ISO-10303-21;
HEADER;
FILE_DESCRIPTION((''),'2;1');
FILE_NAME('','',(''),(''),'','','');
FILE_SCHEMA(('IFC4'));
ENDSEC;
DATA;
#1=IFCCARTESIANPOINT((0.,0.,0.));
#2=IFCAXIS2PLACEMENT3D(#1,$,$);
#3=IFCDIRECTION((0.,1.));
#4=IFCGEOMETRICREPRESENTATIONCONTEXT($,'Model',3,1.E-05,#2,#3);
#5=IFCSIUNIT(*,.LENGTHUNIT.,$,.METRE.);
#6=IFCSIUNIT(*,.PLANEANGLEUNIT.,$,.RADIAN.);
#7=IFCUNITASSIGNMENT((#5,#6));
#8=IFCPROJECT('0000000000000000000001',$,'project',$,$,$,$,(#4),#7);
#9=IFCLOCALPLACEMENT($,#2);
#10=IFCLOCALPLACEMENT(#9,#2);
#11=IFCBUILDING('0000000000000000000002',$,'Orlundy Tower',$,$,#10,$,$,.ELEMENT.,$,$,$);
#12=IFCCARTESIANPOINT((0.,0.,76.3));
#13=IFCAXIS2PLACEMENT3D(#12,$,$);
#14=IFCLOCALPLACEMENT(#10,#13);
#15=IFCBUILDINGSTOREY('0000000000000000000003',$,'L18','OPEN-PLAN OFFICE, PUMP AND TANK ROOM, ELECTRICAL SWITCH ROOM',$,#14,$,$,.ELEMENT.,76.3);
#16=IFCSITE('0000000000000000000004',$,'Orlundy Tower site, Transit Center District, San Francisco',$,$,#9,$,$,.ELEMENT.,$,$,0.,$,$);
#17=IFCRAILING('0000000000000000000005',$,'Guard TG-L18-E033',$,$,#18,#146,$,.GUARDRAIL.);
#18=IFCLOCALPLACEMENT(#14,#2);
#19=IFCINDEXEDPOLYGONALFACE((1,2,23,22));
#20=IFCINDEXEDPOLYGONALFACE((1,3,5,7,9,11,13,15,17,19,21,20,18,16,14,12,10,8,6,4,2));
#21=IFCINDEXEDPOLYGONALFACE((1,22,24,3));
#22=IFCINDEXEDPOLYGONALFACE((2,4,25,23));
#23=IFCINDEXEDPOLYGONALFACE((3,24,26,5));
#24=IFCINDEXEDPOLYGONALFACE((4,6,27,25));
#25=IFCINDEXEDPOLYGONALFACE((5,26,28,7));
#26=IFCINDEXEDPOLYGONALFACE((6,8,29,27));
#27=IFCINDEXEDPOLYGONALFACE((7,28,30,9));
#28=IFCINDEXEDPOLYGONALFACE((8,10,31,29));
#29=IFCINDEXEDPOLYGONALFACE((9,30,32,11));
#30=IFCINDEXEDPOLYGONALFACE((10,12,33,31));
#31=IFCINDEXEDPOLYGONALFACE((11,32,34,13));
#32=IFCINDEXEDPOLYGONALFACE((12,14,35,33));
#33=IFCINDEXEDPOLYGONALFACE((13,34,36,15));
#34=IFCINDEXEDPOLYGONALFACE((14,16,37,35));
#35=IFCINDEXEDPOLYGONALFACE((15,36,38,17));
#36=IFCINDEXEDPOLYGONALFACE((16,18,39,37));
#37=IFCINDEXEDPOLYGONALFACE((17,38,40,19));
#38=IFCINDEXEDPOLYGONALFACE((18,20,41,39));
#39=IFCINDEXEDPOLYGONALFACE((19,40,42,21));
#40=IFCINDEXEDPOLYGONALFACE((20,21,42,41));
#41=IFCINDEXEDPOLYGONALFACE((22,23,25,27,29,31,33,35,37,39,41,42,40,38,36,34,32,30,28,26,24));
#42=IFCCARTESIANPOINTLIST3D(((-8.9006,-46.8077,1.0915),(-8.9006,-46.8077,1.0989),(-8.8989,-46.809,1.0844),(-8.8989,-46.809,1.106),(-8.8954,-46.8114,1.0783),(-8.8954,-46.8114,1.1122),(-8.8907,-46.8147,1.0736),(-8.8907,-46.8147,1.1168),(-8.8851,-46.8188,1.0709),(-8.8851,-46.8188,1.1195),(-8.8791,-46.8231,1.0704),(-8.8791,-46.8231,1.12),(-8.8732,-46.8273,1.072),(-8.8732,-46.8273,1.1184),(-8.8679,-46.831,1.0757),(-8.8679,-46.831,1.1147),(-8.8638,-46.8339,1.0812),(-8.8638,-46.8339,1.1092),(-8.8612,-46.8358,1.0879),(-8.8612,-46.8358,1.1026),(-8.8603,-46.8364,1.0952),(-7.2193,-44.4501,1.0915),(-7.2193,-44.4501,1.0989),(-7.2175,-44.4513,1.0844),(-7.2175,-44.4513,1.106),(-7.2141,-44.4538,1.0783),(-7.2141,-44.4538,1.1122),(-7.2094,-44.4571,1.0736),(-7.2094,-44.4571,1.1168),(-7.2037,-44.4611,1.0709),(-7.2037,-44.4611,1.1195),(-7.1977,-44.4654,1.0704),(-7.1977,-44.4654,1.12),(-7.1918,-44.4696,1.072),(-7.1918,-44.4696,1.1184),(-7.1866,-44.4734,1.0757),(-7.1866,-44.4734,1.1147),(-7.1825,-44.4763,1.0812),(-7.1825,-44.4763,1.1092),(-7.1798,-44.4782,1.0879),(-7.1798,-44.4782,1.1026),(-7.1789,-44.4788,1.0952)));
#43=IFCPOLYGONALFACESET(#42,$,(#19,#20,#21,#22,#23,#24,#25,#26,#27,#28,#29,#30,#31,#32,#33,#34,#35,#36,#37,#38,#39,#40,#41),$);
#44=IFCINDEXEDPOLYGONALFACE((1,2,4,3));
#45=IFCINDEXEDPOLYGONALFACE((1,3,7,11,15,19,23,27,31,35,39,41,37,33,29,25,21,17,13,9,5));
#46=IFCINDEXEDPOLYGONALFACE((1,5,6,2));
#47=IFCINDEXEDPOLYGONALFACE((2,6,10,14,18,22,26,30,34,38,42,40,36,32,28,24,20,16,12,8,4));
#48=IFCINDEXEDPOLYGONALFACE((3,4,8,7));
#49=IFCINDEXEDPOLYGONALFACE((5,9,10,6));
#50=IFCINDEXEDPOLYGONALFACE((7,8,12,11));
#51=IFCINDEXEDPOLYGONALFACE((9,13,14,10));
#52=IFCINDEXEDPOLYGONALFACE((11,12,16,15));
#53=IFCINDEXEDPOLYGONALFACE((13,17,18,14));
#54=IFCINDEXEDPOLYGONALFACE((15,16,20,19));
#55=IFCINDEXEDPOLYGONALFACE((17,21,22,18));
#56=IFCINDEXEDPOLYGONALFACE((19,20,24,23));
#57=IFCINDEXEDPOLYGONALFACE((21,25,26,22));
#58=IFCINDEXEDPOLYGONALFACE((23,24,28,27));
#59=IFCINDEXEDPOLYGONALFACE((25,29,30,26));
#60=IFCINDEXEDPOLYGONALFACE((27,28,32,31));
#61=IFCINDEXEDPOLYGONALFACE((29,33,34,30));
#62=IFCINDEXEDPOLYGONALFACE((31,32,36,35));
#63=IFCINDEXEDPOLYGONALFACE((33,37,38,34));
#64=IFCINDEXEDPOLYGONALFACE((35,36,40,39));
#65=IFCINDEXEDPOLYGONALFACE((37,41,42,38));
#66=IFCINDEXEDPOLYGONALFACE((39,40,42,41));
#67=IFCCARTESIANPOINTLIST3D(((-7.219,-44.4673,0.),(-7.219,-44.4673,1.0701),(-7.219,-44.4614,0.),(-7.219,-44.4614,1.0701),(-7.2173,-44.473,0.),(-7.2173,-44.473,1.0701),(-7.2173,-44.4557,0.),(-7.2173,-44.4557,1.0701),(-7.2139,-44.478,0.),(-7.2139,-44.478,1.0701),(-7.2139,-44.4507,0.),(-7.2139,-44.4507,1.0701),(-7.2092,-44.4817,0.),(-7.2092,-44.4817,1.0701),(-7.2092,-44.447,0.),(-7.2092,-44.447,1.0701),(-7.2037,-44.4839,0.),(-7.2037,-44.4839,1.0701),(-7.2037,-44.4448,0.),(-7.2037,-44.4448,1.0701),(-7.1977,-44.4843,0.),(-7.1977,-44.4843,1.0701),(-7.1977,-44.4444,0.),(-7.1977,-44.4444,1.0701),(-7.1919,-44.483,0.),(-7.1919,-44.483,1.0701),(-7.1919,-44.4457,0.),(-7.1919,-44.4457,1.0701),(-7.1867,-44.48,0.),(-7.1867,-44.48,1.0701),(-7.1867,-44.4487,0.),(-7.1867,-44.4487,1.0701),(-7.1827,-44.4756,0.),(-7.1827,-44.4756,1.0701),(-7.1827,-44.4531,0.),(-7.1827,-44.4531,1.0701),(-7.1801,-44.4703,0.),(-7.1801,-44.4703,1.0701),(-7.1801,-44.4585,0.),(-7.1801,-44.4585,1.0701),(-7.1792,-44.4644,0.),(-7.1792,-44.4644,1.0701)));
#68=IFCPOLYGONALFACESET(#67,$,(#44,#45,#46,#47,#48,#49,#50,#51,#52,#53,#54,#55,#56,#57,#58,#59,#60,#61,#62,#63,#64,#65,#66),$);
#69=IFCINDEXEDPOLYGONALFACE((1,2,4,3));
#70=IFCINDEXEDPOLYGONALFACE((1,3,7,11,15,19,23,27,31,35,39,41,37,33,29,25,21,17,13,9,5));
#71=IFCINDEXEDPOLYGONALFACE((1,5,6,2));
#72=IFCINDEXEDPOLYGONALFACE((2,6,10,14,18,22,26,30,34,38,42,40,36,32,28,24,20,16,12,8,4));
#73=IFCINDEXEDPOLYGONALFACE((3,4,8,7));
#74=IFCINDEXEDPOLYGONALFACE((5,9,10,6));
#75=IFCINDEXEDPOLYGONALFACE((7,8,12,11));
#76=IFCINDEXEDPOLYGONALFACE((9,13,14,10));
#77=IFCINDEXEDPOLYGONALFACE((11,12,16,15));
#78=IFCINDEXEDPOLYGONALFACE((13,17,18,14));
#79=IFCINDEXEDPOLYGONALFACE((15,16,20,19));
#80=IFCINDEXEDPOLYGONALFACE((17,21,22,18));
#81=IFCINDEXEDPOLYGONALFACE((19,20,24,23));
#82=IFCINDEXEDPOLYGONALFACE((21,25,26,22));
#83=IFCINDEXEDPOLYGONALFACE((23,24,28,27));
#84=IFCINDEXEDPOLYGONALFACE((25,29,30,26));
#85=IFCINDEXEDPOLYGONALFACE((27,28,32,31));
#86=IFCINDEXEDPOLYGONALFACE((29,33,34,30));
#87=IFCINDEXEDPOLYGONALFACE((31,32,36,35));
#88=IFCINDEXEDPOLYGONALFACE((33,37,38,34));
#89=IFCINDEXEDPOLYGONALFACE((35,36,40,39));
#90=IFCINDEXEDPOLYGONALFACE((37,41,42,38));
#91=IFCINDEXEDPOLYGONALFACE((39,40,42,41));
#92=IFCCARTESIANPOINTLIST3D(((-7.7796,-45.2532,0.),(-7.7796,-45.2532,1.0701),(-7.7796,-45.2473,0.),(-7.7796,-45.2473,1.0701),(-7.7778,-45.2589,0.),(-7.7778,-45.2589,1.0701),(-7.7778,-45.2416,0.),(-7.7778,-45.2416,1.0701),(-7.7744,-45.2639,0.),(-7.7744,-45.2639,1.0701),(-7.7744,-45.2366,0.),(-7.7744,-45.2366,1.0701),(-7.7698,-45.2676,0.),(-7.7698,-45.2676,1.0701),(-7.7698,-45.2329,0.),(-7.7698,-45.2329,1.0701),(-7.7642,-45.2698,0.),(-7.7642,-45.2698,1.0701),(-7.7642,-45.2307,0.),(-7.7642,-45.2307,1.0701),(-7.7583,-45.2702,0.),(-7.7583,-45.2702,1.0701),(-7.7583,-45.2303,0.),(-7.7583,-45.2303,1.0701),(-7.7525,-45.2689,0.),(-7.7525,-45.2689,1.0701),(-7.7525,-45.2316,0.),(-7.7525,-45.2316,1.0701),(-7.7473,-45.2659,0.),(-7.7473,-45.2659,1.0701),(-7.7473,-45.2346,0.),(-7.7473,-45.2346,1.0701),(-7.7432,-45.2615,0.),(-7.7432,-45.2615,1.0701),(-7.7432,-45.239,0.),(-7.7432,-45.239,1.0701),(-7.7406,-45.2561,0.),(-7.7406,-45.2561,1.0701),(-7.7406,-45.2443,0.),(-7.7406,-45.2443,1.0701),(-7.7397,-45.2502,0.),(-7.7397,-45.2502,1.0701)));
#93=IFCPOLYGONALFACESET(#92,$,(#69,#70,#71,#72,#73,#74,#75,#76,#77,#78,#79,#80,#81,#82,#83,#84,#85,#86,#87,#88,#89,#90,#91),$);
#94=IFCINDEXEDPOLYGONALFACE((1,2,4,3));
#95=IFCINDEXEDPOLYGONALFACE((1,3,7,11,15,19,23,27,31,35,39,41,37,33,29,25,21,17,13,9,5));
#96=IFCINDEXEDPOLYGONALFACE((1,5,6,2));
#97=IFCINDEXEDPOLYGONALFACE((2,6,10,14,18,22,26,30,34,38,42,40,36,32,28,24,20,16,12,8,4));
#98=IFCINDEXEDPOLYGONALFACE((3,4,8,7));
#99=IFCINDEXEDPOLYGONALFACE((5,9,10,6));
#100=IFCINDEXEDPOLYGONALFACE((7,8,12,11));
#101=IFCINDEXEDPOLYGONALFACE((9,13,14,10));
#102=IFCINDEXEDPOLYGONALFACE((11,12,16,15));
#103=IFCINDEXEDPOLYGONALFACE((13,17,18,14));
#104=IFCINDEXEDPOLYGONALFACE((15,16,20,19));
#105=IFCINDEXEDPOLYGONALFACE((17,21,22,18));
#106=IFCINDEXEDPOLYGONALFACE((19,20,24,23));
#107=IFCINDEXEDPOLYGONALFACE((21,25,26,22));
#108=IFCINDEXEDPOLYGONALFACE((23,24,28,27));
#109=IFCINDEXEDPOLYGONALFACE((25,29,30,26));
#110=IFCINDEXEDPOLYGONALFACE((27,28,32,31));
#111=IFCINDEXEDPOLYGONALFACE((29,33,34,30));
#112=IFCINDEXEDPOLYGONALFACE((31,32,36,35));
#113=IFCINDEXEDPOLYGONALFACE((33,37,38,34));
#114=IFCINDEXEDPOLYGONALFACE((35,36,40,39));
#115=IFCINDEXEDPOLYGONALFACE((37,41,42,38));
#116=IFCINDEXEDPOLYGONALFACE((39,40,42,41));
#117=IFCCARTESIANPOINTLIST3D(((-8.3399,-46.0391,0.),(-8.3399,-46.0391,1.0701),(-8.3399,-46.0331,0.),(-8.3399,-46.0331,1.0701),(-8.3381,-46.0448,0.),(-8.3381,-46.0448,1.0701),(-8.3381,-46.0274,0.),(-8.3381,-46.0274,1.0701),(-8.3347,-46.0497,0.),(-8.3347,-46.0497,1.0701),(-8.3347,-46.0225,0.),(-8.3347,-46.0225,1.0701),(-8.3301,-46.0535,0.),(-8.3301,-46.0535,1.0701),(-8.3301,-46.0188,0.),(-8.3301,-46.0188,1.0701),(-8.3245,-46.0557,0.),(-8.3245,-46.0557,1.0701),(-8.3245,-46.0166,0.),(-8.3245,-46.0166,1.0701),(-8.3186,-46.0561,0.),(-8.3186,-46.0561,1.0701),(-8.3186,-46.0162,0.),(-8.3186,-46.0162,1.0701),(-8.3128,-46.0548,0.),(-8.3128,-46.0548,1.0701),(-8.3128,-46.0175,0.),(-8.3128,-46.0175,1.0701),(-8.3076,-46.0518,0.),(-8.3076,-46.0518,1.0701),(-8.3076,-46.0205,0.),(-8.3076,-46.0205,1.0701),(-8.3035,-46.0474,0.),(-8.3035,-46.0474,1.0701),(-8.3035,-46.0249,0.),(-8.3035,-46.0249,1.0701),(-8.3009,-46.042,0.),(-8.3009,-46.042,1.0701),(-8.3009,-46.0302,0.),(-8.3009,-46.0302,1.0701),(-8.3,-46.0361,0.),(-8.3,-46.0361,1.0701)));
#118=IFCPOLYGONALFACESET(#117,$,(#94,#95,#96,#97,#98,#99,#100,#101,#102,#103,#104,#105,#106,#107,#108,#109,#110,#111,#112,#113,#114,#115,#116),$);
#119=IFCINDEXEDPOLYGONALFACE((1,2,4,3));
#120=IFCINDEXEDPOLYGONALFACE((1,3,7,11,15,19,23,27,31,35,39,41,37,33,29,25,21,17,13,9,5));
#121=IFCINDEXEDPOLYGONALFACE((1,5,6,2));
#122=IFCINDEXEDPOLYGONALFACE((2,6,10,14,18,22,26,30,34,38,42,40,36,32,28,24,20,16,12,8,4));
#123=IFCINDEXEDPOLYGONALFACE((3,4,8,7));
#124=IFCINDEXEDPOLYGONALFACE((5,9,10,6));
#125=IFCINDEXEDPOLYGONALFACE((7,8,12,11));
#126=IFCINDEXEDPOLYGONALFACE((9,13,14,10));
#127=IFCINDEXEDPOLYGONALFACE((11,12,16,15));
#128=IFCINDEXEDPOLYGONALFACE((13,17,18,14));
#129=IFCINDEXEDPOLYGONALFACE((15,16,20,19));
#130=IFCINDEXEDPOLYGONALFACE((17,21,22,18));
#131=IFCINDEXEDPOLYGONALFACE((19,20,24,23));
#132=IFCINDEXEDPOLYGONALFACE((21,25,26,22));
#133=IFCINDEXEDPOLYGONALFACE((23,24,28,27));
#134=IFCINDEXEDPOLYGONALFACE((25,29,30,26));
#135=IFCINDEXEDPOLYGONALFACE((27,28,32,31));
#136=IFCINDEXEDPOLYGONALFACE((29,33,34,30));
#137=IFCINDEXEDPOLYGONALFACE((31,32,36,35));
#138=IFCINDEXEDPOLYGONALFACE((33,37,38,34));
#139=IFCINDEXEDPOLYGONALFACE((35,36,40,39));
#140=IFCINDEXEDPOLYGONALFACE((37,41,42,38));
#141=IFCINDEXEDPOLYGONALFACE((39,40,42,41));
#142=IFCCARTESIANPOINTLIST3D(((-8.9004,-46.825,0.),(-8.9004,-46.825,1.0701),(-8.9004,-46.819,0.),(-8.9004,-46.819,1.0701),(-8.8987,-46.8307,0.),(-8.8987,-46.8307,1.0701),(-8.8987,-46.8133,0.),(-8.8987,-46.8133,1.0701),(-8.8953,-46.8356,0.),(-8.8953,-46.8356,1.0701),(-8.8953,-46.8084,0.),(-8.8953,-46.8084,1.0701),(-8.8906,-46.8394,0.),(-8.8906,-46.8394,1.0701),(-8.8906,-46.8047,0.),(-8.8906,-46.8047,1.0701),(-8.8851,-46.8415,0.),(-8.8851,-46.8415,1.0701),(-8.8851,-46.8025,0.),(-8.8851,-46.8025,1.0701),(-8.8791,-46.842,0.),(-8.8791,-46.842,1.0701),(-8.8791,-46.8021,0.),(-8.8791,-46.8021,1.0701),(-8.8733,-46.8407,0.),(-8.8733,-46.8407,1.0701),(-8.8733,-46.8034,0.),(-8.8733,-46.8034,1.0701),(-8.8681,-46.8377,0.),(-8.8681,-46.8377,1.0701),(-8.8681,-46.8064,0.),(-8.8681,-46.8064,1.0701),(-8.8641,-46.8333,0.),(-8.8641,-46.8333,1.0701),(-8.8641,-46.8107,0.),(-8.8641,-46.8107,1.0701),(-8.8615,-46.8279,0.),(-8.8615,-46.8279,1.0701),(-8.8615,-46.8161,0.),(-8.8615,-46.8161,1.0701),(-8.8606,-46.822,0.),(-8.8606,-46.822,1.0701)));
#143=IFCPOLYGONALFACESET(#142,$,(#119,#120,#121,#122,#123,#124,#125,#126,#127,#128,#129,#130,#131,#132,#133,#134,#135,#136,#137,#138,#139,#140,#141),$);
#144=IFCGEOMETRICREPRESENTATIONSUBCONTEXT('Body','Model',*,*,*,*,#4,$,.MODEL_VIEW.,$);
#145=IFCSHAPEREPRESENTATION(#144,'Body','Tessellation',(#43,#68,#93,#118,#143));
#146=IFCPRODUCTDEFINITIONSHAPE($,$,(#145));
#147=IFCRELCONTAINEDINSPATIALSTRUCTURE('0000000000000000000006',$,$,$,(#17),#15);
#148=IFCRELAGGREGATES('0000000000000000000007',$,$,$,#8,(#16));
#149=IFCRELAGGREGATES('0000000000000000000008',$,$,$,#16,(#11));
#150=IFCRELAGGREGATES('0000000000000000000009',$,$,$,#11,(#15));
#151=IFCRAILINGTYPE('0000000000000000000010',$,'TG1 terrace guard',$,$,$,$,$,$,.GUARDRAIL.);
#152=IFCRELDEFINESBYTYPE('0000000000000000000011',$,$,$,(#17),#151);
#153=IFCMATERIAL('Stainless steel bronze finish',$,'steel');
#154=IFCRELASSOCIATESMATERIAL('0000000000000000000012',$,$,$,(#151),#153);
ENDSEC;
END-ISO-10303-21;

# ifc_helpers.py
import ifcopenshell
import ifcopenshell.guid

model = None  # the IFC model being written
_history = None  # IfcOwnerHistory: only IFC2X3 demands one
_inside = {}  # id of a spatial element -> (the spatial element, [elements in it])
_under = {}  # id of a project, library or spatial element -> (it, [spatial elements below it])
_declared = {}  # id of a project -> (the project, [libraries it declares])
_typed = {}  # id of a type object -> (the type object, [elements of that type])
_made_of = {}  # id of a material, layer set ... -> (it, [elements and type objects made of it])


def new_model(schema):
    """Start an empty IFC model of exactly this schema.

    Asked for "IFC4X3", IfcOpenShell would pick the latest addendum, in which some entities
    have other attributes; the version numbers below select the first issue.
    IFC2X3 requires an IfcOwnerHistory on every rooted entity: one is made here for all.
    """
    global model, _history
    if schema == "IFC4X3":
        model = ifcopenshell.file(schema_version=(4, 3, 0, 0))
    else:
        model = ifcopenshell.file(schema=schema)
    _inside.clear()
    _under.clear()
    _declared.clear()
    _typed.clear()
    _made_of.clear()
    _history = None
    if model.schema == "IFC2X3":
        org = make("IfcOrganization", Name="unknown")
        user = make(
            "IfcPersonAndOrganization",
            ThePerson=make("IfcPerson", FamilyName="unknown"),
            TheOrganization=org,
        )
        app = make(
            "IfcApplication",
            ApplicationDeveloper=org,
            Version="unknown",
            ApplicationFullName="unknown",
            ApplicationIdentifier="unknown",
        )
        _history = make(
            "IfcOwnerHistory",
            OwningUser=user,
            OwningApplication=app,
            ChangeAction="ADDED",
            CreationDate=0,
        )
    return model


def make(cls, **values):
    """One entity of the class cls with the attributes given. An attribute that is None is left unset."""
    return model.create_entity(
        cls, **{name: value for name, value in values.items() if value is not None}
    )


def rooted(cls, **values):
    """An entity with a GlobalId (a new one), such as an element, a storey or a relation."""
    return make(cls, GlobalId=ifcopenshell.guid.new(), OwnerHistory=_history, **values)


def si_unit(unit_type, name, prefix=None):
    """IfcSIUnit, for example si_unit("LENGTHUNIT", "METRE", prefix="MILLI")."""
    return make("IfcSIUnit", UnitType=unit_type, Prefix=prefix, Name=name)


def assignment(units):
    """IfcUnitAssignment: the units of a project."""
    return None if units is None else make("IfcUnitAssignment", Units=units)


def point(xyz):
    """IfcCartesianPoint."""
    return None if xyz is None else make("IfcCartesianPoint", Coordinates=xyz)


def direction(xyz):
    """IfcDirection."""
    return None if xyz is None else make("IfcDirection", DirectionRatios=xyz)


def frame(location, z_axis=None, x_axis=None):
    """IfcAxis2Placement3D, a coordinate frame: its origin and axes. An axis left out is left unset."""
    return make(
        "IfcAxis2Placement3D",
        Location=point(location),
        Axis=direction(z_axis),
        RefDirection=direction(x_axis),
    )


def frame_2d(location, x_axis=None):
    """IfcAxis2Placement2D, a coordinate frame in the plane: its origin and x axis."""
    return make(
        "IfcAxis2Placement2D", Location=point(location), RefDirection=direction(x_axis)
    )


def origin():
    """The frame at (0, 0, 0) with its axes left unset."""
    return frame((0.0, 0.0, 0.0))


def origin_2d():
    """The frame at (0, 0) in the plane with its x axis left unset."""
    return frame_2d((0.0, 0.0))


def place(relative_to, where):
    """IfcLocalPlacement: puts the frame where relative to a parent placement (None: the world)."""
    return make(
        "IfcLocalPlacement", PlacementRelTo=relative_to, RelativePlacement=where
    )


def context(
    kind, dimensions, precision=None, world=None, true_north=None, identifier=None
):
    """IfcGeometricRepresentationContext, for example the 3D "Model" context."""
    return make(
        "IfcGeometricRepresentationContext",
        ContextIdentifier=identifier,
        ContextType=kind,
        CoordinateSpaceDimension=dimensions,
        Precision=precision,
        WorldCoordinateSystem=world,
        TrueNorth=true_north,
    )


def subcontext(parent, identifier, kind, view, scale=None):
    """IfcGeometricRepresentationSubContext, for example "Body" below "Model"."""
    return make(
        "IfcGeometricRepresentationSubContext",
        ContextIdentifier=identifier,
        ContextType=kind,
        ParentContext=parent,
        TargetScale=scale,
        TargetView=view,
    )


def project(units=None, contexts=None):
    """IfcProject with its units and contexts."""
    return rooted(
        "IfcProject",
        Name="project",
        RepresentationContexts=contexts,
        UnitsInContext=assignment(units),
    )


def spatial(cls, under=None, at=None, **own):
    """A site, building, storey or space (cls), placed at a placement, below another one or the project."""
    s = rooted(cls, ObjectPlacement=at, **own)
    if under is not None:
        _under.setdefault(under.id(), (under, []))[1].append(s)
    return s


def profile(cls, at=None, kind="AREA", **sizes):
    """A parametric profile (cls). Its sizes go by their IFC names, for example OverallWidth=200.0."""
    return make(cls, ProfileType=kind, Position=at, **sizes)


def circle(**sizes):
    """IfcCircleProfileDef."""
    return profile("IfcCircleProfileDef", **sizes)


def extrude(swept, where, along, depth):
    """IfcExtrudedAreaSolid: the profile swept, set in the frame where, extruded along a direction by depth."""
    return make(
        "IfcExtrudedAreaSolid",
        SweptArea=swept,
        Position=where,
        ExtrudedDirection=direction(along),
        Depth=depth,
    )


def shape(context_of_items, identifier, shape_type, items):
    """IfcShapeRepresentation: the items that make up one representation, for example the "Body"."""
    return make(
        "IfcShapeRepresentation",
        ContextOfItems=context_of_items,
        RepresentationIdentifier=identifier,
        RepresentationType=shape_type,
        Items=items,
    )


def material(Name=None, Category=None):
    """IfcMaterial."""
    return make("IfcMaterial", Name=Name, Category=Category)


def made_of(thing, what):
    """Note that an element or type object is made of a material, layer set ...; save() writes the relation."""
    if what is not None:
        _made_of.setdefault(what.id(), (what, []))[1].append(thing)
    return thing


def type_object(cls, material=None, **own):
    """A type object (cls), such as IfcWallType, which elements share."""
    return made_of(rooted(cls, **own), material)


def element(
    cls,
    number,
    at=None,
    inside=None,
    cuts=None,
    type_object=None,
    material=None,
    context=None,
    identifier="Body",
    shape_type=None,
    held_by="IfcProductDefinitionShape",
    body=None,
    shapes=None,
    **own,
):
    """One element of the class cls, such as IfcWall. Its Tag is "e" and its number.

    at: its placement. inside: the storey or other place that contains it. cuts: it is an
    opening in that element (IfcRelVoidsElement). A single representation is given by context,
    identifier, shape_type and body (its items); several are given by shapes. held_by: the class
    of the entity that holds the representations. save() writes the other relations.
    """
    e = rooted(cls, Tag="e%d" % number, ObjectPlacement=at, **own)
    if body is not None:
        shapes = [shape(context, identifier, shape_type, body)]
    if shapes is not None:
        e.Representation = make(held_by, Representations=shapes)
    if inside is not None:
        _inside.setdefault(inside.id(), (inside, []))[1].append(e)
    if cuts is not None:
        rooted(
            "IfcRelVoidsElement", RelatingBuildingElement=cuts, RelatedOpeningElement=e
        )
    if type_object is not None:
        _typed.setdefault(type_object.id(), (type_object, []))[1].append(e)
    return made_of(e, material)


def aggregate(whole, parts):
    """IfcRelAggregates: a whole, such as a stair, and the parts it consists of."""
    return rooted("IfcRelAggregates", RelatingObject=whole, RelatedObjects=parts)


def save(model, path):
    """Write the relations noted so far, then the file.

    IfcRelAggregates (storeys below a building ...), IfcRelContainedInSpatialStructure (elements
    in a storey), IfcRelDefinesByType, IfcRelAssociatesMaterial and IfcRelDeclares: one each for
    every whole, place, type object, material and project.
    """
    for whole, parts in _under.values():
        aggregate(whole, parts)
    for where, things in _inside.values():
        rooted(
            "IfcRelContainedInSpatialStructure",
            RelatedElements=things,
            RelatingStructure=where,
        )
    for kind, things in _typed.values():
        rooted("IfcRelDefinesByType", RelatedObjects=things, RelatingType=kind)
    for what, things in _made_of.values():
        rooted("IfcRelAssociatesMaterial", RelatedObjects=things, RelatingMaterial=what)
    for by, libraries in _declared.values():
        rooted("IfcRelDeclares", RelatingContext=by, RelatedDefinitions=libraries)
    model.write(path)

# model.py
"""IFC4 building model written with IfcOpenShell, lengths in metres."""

from ifc_helpers import new_model, si_unit, direction, frame, origin, origin_2d, place, context, subcontext, project, spatial, circle, extrude, material, type_object, element, save


model = new_model("IFC4")

# Units and contexts
model_context = context("Model", 3, precision=1e-05, world=origin(), true_north=direction((0.0, 1.0)))
body_context = subcontext(model_context, "Body", "Model", "MODEL_VIEW")
ifc_project = project(units=[si_unit("LENGTHUNIT", "METRE"), si_unit("PLANEANGLEUNIT", "RADIAN")], contexts=[model_context])

# Site, building, storey
site_placement = place(None, origin())
site = spatial("IfcSite", under=ifc_project, at=site_placement, Name="Orlundy Tower site, Transit Center District, San Francisco", CompositionType="ELEMENT", RefElevation=0.0)
building_placement = place(site_placement, origin())
building = spatial("IfcBuilding", under=site, at=building_placement, Name="Orlundy Tower", CompositionType="ELEMENT")
storey_placement = place(building_placement, frame((0.0, 0.0, 76.3)))
storey = spatial("IfcBuildingStorey", under=building, at=storey_placement, Name="L18", Description="OPEN-PLAN OFFICE, PUMP AND TANK ROOM, ELECTRICAL SWITCH ROOM", CompositionType="ELEMENT", Elevation=76.3)

# Railing
ifc_material_1 = material(Name="Stainless steel bronze finish", Category="steel")
railing_type = type_object("IfcRailingType", Name="TG1 terrace guard", PredefinedType="GUARDRAIL", material=ifc_material_1)
railing_1_placement = place(storey_placement, frame((-7.1992, -44.4644, 0.0)))
element("IfcRailing", 1, at=railing_1_placement, inside=storey, type_object=railing_type, Name="Guard TG-L18-E033", PredefinedType="GUARDRAIL", context=body_context, shape_type="SweptSolid", body=[
    extrude(circle(Radius=0.0249, at=origin_2d()), frame((0.0, 0.0, 1.0952), z_axis=(-0.580632, -0.814166, 0.0), x_axis=(0.814166, -0.580632, 0.0)), (0.0, 0.0, 1.0), 2.8958),
    extrude(circle(Radius=0.02, at=origin_2d()), origin(), (0.0, 0.0, 1.0), 1.0701),
    extrude(circle(Radius=0.02, at=origin_2d()), frame((-0.5605, -0.7859, 0.0)), (0.0, 0.0, 1.0), 1.0701),
    extrude(circle(Radius=0.02, at=origin_2d()), frame((-1.1208, -1.5718, 0.0)), (0.0, 0.0, 1.0), 1.0701),
    extrude(circle(Radius=0.02, at=origin_2d()), frame((-1.6814, -2.3577, 0.0)), (0.0, 0.0, 1.0), 1.0701),
])

save(model, "model.ifc")
